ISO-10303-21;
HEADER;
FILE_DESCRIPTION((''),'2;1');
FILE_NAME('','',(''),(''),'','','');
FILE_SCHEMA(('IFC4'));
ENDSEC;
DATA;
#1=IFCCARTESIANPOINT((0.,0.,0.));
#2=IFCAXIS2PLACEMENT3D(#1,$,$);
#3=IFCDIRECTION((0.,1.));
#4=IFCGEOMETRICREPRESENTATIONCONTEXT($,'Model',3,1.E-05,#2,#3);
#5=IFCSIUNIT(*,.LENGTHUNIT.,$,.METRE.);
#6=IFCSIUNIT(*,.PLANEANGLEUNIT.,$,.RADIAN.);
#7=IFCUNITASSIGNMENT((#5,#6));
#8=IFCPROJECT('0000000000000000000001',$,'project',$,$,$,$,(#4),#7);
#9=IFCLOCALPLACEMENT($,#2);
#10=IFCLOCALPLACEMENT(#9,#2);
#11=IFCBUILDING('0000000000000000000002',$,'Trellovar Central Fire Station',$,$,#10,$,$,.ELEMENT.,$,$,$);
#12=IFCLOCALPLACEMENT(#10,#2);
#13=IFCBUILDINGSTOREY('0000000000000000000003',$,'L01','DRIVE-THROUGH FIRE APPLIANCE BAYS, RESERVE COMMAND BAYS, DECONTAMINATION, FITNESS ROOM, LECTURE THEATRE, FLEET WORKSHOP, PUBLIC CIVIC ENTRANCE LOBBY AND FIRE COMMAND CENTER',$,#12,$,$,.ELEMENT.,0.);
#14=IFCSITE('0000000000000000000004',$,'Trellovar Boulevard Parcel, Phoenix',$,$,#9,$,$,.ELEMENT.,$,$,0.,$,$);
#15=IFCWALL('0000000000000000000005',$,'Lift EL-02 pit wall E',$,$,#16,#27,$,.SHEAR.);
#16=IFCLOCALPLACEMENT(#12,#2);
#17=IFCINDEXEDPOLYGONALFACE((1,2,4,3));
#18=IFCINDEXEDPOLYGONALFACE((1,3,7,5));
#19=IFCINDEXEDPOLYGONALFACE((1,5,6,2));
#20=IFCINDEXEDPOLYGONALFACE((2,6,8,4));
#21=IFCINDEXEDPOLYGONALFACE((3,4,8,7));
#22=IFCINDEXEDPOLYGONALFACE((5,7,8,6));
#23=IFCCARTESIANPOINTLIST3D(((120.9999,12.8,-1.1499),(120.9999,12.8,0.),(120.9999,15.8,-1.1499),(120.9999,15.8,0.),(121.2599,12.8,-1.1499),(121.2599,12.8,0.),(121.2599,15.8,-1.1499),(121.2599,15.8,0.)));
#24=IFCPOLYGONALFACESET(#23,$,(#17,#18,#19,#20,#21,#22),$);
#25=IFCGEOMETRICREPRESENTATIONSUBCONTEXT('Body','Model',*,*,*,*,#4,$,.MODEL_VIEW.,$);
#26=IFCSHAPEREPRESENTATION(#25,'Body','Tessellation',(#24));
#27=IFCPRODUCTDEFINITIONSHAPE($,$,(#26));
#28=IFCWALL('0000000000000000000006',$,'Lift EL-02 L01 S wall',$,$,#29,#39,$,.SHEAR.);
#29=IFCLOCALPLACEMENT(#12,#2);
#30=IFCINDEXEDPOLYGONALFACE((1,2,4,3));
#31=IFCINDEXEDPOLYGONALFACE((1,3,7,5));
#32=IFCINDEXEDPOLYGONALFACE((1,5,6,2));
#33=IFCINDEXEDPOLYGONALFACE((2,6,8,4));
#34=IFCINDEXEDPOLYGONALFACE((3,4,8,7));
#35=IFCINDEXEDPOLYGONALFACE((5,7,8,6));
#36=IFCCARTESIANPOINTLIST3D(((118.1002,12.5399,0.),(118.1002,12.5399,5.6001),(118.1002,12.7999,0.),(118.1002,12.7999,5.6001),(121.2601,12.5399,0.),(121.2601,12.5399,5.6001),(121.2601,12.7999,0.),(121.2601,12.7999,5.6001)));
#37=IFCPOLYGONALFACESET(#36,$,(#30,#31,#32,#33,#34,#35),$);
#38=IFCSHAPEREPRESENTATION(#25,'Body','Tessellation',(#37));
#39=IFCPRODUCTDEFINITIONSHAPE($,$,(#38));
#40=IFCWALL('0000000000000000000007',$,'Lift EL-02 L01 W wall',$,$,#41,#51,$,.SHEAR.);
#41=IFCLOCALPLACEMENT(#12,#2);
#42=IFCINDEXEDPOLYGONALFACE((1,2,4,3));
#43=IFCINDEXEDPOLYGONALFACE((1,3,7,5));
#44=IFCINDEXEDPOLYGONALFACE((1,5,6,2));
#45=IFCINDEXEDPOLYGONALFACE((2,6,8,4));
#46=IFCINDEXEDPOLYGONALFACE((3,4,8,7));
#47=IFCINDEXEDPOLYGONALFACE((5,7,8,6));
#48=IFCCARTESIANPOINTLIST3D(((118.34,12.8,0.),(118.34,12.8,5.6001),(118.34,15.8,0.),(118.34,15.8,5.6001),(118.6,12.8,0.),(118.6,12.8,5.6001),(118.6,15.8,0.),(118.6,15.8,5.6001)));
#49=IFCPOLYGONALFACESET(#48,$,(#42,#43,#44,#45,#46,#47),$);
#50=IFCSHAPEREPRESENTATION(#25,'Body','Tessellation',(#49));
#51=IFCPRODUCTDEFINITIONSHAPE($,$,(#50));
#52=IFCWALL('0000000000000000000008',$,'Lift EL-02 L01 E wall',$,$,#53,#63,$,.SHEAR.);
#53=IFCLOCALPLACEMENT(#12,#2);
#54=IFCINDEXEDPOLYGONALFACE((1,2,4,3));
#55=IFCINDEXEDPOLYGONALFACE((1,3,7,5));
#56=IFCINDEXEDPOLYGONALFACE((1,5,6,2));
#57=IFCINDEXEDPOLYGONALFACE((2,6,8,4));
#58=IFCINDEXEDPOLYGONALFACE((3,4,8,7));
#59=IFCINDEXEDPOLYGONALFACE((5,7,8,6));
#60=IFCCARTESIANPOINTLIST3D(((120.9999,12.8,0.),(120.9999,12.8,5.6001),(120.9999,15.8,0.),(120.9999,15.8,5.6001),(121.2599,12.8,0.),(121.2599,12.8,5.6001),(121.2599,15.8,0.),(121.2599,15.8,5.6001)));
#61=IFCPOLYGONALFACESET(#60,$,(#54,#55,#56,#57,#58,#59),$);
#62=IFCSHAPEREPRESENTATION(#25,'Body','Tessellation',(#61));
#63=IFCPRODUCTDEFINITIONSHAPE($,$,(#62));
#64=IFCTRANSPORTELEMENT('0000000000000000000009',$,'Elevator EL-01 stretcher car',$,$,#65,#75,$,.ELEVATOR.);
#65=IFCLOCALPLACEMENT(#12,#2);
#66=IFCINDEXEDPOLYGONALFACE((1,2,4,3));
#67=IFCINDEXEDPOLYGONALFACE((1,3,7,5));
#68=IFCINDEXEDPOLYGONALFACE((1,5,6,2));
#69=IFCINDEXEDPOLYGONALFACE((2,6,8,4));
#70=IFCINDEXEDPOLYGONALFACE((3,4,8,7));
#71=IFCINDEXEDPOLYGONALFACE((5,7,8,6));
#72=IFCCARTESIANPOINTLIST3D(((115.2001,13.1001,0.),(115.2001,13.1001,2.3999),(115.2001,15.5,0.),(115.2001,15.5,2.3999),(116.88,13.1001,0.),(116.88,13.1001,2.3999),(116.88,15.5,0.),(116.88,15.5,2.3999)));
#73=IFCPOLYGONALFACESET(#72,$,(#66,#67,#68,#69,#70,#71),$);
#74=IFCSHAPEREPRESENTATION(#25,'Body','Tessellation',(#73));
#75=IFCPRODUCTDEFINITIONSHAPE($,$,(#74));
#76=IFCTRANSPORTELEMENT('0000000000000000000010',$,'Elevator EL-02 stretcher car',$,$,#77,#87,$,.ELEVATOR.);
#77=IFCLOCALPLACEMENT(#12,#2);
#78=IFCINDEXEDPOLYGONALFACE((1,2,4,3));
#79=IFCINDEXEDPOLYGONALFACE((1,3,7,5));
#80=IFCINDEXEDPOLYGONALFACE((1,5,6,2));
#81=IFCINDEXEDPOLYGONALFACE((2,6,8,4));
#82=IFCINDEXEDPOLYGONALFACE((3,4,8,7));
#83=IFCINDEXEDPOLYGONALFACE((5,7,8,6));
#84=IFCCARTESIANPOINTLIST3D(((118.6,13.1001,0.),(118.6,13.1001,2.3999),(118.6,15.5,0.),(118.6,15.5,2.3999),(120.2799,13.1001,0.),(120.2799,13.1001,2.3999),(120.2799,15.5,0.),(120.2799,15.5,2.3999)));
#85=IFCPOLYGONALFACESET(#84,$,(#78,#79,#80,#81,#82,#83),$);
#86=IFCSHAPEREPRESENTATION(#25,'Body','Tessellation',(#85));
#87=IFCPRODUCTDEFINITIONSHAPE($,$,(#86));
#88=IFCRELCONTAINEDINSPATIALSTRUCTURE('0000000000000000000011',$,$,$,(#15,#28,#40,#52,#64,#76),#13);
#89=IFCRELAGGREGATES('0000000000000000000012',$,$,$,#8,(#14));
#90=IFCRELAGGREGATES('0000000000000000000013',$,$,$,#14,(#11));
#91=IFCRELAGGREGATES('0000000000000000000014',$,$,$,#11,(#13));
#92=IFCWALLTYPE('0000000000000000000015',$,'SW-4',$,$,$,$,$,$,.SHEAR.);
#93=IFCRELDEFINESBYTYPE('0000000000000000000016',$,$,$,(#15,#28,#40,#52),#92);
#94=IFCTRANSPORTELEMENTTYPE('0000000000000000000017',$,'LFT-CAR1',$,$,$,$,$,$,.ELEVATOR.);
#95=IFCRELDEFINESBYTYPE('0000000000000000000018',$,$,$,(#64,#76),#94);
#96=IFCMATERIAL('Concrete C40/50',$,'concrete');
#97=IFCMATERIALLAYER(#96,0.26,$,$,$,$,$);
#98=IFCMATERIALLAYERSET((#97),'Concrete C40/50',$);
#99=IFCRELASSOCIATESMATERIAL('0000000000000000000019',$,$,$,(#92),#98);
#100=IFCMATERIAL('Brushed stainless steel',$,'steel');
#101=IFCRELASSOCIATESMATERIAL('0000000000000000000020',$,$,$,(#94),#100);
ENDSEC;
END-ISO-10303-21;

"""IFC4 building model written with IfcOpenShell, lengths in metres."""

from ifc_helpers import new_model, si_unit, direction, frame, frame_2d, origin, origin_2d, place, context, subcontext, project, spatial, rectangle, extrude, material, layer, layer_set, type_object, element, save


model = new_model("IFC4")

# Units and contexts
model_context = context("Model", 3, precision=1e-05, world=origin(), true_north=direction((0.0, 1.0)))
body_context = subcontext(model_context, "Body", "Model", "MODEL_VIEW")
ifc_project = project(units=[si_unit("LENGTHUNIT", "METRE"), si_unit("PLANEANGLEUNIT", "RADIAN")], contexts=[model_context])

# Site, building, storey
site_placement = place(None, origin())
site = spatial("IfcSite", under=ifc_project, at=site_placement, Name="Trellovar Boulevard Parcel, Phoenix", CompositionType="ELEMENT", RefElevation=0.0)
building_placement = place(site_placement, origin())
building = spatial("IfcBuilding", under=site, at=building_placement, Name="Trellovar Central Fire Station", CompositionType="ELEMENT")
storey_placement = place(building_placement, origin())
storey = spatial("IfcBuildingStorey", under=building, at=storey_placement, Name="L01", Description="DRIVE-THROUGH FIRE APPLIANCE BAYS, RESERVE COMMAND BAYS, DECONTAMINATION, FITNESS ROOM, LECTURE THEATRE, FLEET WORKSHOP, PUBLIC CIVIC ENTRANCE LOBBY AND FIRE COMMAND CENTER", CompositionType="ELEMENT", Elevation=0.0)

# Shared definitions
ifc_material_1 = material(Name="Concrete C40/50", Category="concrete")
ifc_layer_1 = layer(ifc_material_1, 0.26)
ifc_layer_set_1 = layer_set([ifc_layer_1], Name="Concrete C40/50")
wall_type_1 = type_object("IfcWallType", Name="SW-4", PredefinedType="SHEAR", material=ifc_layer_set_1)

# Walls
for number, where, z_axis, x_axis, name in (
    (1, (121.1299, 12.8, -1.1499), (0.0, 0.0, 1.0), (0.0, 1.0, 0.0), "Lift EL-02 pit wall E"),
):
    element("IfcWall", number, at=place(storey_placement, frame(where, z_axis=z_axis, x_axis=x_axis)), inside=storey, type_object=wall_type_1, Name=name, PredefinedType="SHEAR", context=body_context, shape_type="SweptSolid", body=[
        extrude(rectangle(XDim=3.0, YDim=0.26, at=frame_2d((1.5, 0.0))), origin(), (0.0, 0.0, 1.0), 1.1499),
    ])
wall_1_placement = place(storey_placement, frame((118.1001, 12.6699, 0.0), z_axis=(0.0, 0.0, 1.0), x_axis=(1.0, 0.0, 0.0)))
element("IfcWall", 2, at=wall_1_placement, inside=storey, type_object=wall_type_1, Name="Lift EL-02 L01 S wall", PredefinedType="SHEAR", context=body_context, shape_type="SweptSolid", body=[
    extrude(rectangle(XDim=3.1599, YDim=0.26, at=frame_2d((1.5801, 0.0))), origin(), (0.0, 0.0, 1.0), 5.6001),
])

# Walls
for number, where, z_axis, x_axis, name in (
    (3, (118.47, 15.8, 0.0), (0.0, 0.0, 1.0), (0.0, -1.0, 0.0), "Lift EL-02 L01 W wall"),
    (4, (121.1299, 12.8, 0.0), (0.0, 0.0, 1.0), (0.0, 1.0, 0.0), "Lift EL-02 L01 E wall"),
):
    element("IfcWall", number, at=place(storey_placement, frame(where, z_axis=z_axis, x_axis=x_axis)), inside=storey, type_object=wall_type_1, Name=name, PredefinedType="SHEAR", context=body_context, shape_type="SweptSolid", body=[
        extrude(rectangle(XDim=3.0, YDim=0.26, at=frame_2d((1.5, 0.0))), origin(), (0.0, 0.0, 1.0), 5.6001),
    ])

# Transport elements
ifc_material_2 = material(Name="Brushed stainless steel", Category="steel")
transport_element_type = type_object("IfcTransportElementType", Name="LFT-CAR1", PredefinedType="ELEVATOR", material=ifc_material_2)
for number, where, z_axis, x_axis, name in (
    (5, (116.04, 14.3, 0.0), (0.0, 0.0, 1.0), (1.0, 0.0, 0.0), "Elevator EL-01 stretcher car"),
    (6, (119.4399, 14.3, 0.0), (0.0, 0.0, 1.0), (1.0, 0.0, 0.0), "Elevator EL-02 stretcher car"),
):
    element("IfcTransportElement", number, at=place(storey_placement, frame(where, z_axis=z_axis, x_axis=x_axis)), inside=storey, type_object=transport_element_type, Name=name, PredefinedType="ELEVATOR", context=body_context, shape_type="SweptSolid", body=[
        extrude(rectangle(XDim=1.6799, YDim=2.3999, at=origin_2d()), origin(), (0.0, 0.0, 1.0), 2.3999),
    ])

save(model, "model.ifc")
